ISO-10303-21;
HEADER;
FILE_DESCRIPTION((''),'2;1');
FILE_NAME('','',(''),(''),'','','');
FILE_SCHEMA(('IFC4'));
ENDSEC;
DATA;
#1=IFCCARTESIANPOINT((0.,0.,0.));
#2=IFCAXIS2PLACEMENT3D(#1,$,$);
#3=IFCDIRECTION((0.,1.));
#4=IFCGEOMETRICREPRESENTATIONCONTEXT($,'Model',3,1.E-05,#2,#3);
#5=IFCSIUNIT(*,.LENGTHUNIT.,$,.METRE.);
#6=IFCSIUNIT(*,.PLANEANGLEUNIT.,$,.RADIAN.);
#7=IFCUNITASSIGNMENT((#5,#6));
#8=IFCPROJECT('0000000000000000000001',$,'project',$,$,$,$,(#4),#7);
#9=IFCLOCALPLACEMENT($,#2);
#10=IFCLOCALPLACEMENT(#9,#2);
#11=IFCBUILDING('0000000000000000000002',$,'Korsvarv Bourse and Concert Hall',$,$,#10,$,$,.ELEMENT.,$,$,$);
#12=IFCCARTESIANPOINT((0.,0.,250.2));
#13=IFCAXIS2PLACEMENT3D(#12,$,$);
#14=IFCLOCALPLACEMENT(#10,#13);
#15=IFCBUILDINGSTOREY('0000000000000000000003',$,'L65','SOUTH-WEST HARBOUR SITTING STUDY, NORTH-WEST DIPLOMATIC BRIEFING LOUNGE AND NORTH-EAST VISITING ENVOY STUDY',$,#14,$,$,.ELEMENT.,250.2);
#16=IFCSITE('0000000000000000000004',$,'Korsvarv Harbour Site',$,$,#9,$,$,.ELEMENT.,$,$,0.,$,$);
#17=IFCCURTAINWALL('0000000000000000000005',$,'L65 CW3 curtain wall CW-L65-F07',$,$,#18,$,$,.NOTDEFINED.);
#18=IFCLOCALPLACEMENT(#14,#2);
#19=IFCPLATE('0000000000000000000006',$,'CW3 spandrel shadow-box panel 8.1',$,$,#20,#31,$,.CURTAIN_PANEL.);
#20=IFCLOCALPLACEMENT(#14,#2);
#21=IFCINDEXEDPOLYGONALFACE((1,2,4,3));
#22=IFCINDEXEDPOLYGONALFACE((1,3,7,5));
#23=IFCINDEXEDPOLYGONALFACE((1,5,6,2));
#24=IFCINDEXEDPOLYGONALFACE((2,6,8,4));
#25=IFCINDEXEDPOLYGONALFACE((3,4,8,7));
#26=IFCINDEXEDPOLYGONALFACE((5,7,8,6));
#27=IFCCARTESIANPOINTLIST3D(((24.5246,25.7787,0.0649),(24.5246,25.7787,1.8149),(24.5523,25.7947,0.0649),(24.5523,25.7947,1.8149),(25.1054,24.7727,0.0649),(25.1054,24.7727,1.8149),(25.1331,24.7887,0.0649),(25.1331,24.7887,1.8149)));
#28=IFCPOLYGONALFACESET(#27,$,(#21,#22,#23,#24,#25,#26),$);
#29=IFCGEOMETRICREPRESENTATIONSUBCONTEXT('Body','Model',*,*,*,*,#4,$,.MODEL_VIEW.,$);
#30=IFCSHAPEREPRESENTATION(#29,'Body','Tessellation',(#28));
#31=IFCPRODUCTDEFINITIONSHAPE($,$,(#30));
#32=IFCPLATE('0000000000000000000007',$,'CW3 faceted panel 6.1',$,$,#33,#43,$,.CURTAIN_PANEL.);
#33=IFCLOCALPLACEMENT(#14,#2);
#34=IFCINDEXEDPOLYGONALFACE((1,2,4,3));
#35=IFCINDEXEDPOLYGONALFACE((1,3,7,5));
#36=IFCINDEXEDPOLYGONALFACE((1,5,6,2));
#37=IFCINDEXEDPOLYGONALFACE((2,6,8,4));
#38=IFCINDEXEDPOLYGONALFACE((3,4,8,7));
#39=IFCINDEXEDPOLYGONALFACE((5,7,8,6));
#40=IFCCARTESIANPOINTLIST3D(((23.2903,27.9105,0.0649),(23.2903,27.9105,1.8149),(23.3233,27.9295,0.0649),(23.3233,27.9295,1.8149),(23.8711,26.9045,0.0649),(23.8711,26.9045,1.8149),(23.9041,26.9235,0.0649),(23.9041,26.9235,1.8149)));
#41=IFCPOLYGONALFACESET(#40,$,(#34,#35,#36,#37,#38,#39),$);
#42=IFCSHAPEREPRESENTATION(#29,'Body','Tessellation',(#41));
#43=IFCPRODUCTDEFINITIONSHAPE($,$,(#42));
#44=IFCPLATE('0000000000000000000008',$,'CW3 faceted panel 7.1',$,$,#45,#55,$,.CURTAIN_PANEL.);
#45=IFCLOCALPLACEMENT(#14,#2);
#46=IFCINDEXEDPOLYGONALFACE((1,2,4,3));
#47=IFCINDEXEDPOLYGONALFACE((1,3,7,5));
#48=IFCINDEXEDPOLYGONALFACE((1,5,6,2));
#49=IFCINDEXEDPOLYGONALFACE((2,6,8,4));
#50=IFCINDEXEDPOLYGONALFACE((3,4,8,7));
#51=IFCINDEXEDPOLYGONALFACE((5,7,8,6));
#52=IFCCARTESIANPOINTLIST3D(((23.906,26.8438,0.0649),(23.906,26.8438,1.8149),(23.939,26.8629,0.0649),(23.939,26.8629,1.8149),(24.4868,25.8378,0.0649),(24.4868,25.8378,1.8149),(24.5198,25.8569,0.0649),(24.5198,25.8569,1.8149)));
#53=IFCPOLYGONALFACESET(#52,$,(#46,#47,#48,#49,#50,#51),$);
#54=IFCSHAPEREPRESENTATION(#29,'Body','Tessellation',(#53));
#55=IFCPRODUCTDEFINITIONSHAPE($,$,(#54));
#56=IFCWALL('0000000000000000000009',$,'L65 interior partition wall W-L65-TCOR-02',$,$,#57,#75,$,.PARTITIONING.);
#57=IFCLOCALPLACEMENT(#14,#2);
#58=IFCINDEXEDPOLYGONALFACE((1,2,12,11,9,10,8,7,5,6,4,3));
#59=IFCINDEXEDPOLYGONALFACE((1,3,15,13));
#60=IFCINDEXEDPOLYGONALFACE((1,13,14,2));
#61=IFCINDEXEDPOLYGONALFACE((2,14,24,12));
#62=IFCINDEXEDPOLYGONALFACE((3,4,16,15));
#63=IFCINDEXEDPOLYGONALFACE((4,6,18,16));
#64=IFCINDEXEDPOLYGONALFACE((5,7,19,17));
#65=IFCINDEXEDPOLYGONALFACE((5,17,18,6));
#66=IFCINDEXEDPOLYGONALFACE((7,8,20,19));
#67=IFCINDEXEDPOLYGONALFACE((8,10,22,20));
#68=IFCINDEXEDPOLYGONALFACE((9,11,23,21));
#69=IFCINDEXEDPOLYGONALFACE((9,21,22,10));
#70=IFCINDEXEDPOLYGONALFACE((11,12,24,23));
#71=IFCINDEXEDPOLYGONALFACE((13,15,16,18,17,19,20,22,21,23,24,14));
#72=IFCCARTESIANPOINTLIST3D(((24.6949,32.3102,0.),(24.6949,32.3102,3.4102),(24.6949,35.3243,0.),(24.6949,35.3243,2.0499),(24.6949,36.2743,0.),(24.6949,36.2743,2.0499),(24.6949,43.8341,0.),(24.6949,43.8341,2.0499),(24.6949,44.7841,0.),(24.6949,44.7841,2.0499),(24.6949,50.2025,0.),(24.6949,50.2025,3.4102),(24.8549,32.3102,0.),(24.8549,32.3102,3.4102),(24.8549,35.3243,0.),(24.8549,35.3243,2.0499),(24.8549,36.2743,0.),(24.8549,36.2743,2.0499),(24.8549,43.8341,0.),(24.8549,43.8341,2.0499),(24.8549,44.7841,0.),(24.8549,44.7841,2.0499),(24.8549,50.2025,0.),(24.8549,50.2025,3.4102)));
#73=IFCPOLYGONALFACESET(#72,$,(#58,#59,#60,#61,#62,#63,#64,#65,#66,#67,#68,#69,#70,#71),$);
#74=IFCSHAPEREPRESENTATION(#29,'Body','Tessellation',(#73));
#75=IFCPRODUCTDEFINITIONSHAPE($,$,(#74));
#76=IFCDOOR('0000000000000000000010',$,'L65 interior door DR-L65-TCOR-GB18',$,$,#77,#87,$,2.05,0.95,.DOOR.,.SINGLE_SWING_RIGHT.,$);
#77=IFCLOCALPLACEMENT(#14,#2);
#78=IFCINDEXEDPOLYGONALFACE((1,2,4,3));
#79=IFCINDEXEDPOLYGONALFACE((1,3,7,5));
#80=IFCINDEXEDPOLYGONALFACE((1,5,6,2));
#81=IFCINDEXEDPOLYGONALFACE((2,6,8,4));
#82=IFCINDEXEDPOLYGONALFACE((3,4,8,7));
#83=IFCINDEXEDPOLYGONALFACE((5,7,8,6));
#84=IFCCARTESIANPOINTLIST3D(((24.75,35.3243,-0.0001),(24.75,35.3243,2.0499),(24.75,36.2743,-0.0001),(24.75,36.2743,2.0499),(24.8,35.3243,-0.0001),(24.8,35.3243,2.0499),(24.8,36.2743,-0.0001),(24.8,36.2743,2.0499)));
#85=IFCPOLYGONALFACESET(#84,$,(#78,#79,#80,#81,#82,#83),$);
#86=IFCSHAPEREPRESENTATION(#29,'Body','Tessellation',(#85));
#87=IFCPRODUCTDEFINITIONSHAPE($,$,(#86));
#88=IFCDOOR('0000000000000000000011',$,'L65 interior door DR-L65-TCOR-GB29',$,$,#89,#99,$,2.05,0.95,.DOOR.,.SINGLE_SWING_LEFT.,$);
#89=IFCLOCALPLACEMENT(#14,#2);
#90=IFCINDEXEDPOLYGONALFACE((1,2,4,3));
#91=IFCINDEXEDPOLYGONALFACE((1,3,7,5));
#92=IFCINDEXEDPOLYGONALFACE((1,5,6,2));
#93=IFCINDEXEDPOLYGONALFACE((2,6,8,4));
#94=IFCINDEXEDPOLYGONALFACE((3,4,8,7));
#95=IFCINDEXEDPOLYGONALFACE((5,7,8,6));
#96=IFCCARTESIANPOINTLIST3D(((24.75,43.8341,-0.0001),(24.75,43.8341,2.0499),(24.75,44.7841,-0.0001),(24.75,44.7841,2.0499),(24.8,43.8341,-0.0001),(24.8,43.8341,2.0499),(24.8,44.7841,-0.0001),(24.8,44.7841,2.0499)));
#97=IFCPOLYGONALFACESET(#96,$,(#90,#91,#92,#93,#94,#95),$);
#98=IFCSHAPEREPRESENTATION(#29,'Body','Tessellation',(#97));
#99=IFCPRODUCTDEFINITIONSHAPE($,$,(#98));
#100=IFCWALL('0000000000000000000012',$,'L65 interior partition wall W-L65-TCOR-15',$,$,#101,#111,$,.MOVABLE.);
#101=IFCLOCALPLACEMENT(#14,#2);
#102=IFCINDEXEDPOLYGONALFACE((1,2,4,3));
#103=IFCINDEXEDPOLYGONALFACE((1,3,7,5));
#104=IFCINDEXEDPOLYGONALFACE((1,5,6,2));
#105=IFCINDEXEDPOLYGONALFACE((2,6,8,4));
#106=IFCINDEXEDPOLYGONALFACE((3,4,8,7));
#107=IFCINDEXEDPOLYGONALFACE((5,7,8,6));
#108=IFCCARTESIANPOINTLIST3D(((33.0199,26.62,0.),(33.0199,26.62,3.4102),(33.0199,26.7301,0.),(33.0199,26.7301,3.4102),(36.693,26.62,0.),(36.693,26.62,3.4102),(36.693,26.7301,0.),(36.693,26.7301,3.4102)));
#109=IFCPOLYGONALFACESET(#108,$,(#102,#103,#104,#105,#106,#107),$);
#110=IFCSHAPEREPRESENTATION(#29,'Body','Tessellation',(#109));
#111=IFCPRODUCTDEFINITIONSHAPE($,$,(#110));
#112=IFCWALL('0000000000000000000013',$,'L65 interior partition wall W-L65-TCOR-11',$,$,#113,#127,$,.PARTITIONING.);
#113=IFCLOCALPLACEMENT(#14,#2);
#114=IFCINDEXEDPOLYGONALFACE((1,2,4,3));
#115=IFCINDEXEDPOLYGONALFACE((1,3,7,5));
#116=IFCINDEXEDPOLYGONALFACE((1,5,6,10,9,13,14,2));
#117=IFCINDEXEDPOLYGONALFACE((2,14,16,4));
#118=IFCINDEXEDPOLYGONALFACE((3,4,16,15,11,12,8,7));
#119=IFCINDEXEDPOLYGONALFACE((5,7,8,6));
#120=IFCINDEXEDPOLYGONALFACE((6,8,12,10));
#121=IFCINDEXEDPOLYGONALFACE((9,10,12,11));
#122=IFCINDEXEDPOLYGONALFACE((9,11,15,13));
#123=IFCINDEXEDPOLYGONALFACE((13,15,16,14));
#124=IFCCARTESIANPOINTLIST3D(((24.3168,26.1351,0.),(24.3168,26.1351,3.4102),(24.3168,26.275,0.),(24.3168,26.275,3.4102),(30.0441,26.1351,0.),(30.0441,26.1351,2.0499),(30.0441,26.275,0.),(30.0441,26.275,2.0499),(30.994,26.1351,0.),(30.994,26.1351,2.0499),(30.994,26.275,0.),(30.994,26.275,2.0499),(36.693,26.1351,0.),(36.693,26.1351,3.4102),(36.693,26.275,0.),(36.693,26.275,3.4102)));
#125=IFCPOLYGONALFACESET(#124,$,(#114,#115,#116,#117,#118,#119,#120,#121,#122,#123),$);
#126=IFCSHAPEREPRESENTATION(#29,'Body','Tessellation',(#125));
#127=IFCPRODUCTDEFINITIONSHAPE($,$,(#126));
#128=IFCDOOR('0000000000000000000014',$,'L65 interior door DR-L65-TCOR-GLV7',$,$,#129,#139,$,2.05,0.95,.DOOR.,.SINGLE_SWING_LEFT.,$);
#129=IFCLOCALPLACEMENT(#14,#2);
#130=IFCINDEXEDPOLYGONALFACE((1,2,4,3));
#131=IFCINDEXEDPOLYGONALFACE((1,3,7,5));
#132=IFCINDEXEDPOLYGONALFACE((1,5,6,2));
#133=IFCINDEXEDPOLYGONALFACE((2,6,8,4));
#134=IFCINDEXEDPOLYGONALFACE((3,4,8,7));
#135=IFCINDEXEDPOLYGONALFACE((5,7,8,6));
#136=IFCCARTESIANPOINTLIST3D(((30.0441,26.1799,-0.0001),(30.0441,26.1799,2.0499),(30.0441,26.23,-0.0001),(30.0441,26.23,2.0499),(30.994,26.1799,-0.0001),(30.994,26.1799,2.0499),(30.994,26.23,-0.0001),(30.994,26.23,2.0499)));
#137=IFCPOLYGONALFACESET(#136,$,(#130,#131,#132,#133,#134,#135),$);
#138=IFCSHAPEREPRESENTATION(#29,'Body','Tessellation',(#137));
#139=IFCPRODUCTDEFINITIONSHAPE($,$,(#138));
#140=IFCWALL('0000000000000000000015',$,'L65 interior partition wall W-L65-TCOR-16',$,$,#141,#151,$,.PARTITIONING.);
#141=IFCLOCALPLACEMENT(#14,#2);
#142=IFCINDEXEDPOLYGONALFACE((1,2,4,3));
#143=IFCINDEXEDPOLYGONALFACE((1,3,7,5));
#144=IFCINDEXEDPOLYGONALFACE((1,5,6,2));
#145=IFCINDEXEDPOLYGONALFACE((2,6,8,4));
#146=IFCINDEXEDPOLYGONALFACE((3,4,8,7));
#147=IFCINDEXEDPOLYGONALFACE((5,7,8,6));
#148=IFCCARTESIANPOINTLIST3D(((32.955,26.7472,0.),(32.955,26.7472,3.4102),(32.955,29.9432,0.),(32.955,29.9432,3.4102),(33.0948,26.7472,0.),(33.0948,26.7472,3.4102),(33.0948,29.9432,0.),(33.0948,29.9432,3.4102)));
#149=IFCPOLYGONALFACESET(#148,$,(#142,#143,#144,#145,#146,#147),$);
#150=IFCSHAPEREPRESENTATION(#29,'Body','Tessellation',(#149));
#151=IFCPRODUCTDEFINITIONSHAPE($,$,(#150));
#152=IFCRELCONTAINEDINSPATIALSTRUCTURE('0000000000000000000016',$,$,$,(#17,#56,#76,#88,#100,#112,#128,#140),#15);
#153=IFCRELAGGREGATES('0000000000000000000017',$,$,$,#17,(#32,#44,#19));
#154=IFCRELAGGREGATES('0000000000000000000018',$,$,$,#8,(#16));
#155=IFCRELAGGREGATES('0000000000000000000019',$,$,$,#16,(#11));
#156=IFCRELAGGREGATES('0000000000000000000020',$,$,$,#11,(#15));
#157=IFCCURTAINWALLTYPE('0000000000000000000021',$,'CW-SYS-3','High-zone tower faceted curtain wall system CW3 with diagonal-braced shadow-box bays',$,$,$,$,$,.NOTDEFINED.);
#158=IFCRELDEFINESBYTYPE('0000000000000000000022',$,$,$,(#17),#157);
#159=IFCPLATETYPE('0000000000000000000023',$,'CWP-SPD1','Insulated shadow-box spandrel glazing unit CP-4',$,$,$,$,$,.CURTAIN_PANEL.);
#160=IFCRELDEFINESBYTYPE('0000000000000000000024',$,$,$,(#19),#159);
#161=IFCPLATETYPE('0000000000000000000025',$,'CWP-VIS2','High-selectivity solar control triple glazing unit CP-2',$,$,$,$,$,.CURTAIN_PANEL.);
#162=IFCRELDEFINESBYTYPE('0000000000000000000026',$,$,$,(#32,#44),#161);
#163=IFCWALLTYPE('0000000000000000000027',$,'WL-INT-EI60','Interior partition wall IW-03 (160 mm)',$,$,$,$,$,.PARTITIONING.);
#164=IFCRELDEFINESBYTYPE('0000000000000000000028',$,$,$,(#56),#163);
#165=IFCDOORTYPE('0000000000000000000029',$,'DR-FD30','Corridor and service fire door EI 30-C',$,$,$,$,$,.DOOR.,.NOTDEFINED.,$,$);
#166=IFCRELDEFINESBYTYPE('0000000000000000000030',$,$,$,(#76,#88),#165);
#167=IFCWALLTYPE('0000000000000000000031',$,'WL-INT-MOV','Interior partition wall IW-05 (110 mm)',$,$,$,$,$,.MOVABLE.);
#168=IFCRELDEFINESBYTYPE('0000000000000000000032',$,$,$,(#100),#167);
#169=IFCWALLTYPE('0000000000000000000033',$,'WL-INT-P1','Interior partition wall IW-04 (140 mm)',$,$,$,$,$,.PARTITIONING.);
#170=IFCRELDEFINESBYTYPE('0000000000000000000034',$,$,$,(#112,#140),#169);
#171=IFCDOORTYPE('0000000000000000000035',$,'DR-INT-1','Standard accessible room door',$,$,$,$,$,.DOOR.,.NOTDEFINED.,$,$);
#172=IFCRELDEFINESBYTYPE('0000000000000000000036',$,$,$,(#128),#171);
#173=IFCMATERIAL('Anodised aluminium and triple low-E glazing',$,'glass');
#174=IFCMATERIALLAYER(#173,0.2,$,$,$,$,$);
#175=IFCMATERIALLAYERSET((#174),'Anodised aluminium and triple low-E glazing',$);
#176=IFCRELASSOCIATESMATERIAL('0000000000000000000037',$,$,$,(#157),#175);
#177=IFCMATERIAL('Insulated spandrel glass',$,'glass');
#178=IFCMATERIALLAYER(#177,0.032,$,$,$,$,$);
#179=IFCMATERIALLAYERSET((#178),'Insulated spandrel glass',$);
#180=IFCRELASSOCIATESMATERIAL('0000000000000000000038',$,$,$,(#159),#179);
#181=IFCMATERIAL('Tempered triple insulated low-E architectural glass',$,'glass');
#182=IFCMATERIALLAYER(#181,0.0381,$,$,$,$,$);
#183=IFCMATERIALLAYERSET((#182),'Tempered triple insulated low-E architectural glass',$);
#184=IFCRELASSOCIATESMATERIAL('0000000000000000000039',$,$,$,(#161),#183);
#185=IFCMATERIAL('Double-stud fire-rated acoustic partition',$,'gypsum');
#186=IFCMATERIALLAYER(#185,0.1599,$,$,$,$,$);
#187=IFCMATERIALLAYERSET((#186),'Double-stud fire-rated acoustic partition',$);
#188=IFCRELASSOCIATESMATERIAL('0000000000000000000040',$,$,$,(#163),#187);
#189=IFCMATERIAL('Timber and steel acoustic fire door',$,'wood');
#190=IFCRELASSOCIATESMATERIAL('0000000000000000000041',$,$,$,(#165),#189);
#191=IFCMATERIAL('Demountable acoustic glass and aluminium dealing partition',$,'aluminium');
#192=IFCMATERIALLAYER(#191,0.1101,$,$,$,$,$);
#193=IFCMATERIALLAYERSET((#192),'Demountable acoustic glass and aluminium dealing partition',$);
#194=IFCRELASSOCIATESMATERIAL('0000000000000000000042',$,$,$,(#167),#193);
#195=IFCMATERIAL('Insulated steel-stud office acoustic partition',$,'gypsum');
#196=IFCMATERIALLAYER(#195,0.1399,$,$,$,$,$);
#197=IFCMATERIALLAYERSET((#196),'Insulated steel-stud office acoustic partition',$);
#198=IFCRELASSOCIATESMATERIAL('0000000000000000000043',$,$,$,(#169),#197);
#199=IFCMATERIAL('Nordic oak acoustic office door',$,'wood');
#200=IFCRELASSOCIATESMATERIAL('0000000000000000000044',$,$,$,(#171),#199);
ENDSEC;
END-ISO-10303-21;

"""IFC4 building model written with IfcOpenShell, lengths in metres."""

from ifc_helpers import new_model, si_unit, direction, frame, frame_2d, origin, origin_2d, place, context, subcontext, project, spatial, rectangle, extrude, source, transform, mapped, material, layer, layer_set, type_object, element, fill, aggregate, save


model = new_model("IFC4")

# Units and contexts
model_context = context("Model", 3, precision=1e-05, world=origin(), true_north=direction((0.0, 1.0)))
body_context = subcontext(model_context, "Body", "Model", "MODEL_VIEW")
ifc_project = project(units=[si_unit("LENGTHUNIT", "METRE"), si_unit("PLANEANGLEUNIT", "RADIAN")], contexts=[model_context])

# Site, building, storey
site_placement = place(None, origin())
site = spatial("IfcSite", under=ifc_project, at=site_placement, Name="Korsvarv Harbour Site", CompositionType="ELEMENT", RefElevation=0.0)
building_placement = place(site_placement, origin())
building = spatial("IfcBuilding", under=site, at=building_placement, Name="Korsvarv Bourse and Concert Hall", CompositionType="ELEMENT")
storey_placement = place(building_placement, frame((0.0, 0.0, 250.2)))
storey = spatial("IfcBuildingStorey", under=building, at=storey_placement, Name="L65", Description="SOUTH-WEST HARBOUR SITTING STUDY, NORTH-WEST DIPLOMATIC BRIEFING LOUNGE AND NORTH-EAST VISITING ENVOY STUDY", CompositionType="ELEMENT", Elevation=250.2)

# Curtain wall, plates
ifc_material_1 = material(Name="Anodised aluminium and triple low-E glazing", Category="glass")
ifc_layer_1 = layer(ifc_material_1, 0.2)
ifc_layer_set_1 = layer_set([ifc_layer_1], Name="Anodised aluminium and triple low-E glazing")
curtain_wall_type = type_object("IfcCurtainWallType", Name="CW-SYS-3", Description="High-zone tower faceted curtain wall system CW3 with diagonal-braced shadow-box bays", PredefinedType="NOTDEFINED", material=ifc_layer_set_1)
curtain_wall_placement = place(storey_placement, origin())
curtain_wall = element("IfcCurtainWall", 1, at=curtain_wall_placement, inside=storey, type_object=curtain_wall_type, Name="L65 CW3 curtain wall CW-L65-F07", PredefinedType="NOTDEFINED")
ifc_material_2 = material(Name="Insulated spandrel glass", Category="glass")
ifc_layer_2 = layer(ifc_material_2, 0.032)
ifc_layer_set_2 = layer_set([ifc_layer_2], Name="Insulated spandrel glass")
plate_type_1 = type_object("IfcPlateType", Name="CWP-SPD1", Description="Insulated shadow-box spandrel glazing unit CP-4", PredefinedType="CURTAIN_PANEL", material=ifc_layer_set_2)
shared_shape_1 = source(origin(), body_context, "Body", "SweptSolid", [
    extrude(rectangle(XDim=1.1616, YDim=0.032, at=origin_2d()), origin(), (0.0, 0.0, 1.0), 1.75),
])
plate_1_placement = place(storey_placement, frame((24.8289, 25.2837, 0.0649), z_axis=(0.0, 0.0, 1.0), x_axis=(0.500006, -0.866022, 0.0)))
plate_1 = element("IfcPlate", 2, at=plate_1_placement, type_object=plate_type_1, Name="CW3 spandrel shadow-box panel 8.1", PredefinedType="CURTAIN_PANEL", context=body_context, shape_type="MappedRepresentation", body=[
    mapped(shared_shape_1, transform((0.0, 0.0, 0.0), scale=1.0)),
])
ifc_material_3 = material(Name="Tempered triple insulated low-E architectural glass", Category="glass")
ifc_layer_3 = layer(ifc_material_3, 0.0381)
ifc_layer_set_3 = layer_set([ifc_layer_3], Name="Tempered triple insulated low-E architectural glass")
plate_type_2 = type_object("IfcPlateType", Name="CWP-VIS2", Description="High-selectivity solar control triple glazing unit CP-2", PredefinedType="CURTAIN_PANEL", material=ifc_layer_set_3)
shared_shape_2 = source(origin(), body_context, "Body", "SweptSolid", [
    extrude(rectangle(XDim=1.1616, YDim=0.0381, at=origin_2d()), origin(), (0.0, 0.0, 1.0), 1.75),
])
plate_2_placement = place(storey_placement, frame((23.5972, 27.417, 0.0649), z_axis=(0.0, 0.0, 1.0), x_axis=(0.500006, -0.866022, 0.0)))
plate_2 = element("IfcPlate", 3, at=plate_2_placement, type_object=plate_type_2, Name="CW3 faceted panel 6.1", PredefinedType="CURTAIN_PANEL", context=body_context, shape_type="MappedRepresentation", body=[
    mapped(shared_shape_2, transform((0.0, 0.0, 0.0), scale=1.0)),
])
plate_3_placement = place(storey_placement, frame((24.2129, 26.3503, 0.0649), z_axis=(0.0, 0.0, 1.0), x_axis=(0.500006, -0.866022, 0.0)))
plate_3 = element("IfcPlate", 4, at=plate_3_placement, type_object=plate_type_2, Name="CW3 faceted panel 7.1", PredefinedType="CURTAIN_PANEL", context=body_context, shape_type="MappedRepresentation", body=[
    mapped(shared_shape_2, transform((0.0, 0.0, 0.0), scale=1.0)),
])
aggregate(curtain_wall, [plate_2, plate_3, plate_1])

# Wall, openings, doors
ifc_material_4 = material(Name="Double-stud fire-rated acoustic partition", Category="gypsum")
ifc_layer_4 = layer(ifc_material_4, 0.1599)
ifc_layer_set_4 = layer_set([ifc_layer_4], Name="Double-stud fire-rated acoustic partition")
wall_type_1 = type_object("IfcWallType", Name="WL-INT-EI60", Description="Interior partition wall IW-03 (160 mm)", PredefinedType="PARTITIONING", material=ifc_layer_set_4)
wall_1_placement = place(storey_placement, frame((24.7749, 32.3101, 0.0), z_axis=(0.0, 0.0, 1.0), x_axis=(0.0, 1.0, 0.0)))
wall_1 = element("IfcWall", 5, at=wall_1_placement, inside=storey, type_object=wall_type_1, Name="L65 interior partition wall W-L65-TCOR-02", PredefinedType="PARTITIONING", context=body_context, shape_type="SweptSolid", body=[
    extrude(rectangle(XDim=17.8923, YDim=0.1599, at=frame_2d((8.9463, 0.0))), origin(), (0.0, 0.0, 1.0), 3.4102),
])
opening_1_placement = place(wall_1_placement, frame((3.0142, 0.0, 0.0)))
opening_1 = element("IfcOpeningElement", 6, at=opening_1_placement, cuts=wall_1, PredefinedType="OPENING", context=body_context, shape_type="SweptSolid", body=[
    extrude(rectangle(XDim=0.95, YDim=2.05, at=frame_2d((0.4751, 1.0249))), frame((0.0, 0.0898, 0.0), z_axis=(0.0, -1.0, 0.0), x_axis=(1.0, 0.0, 0.0)), (0.0, 0.0, 1.0), 0.1799),
])
opening_2_placement = place(wall_1_placement, frame((11.5239, 0.0, 0.0)))
opening_2 = element("IfcOpeningElement", 7, at=opening_2_placement, cuts=wall_1, PredefinedType="OPENING", context=body_context, shape_type="SweptSolid", body=[
    extrude(rectangle(XDim=0.95, YDim=2.05, at=frame_2d((0.4751, 1.0249))), frame((0.0, 0.0898, 0.0), z_axis=(0.0, -1.0, 0.0), x_axis=(1.0, 0.0, 0.0)), (0.0, 0.0, 1.0), 0.1799),
])
ifc_material_5 = material(Name="Timber and steel acoustic fire door", Category="wood")
door_type_1 = type_object("IfcDoorType", Name="DR-FD30", Description="Corridor and service fire door EI 30-C", OperationType="NOTDEFINED", PredefinedType="DOOR", material=ifc_material_5)
door_1_placement = place(opening_1_placement, origin())
door_1 = element("IfcDoor", 8, at=door_1_placement, inside=storey, type_object=door_type_1, Name="L65 interior door DR-L65-TCOR-GB18", OperationType="SINGLE_SWING_RIGHT", OverallHeight=2.05, OverallWidth=0.95, PredefinedType="DOOR", context=body_context, shape_type="SweptSolid", body=[
    extrude(rectangle(XDim=0.95, YDim=2.05, at=frame_2d((0.4751, 1.0249))), frame((0.0, 0.0249, 0.0), z_axis=(0.0, -1.0, 0.0), x_axis=(1.0, 0.0, 0.0)), (0.0, 0.0, 1.0), 0.05),
])
fill(opening_1, door_1)
door_2_placement = place(opening_2_placement, origin())
door_2 = element("IfcDoor", 9, at=door_2_placement, inside=storey, type_object=door_type_1, Name="L65 interior door DR-L65-TCOR-GB29", OperationType="SINGLE_SWING_LEFT", OverallHeight=2.05, OverallWidth=0.95, PredefinedType="DOOR", context=body_context, shape_type="SweptSolid", body=[
    extrude(rectangle(XDim=0.95, YDim=2.05, at=frame_2d((0.4751, 1.0249))), frame((0.0, 0.0249, 0.0), z_axis=(0.0, -1.0, 0.0), x_axis=(1.0, 0.0, 0.0)), (0.0, 0.0, 1.0), 0.05),
])
fill(opening_2, door_2)

# Wall
ifc_material_6 = material(Name="Demountable acoustic glass and aluminium dealing partition", Category="aluminium")
ifc_layer_5 = layer(ifc_material_6, 0.1101)
ifc_layer_set_5 = layer_set([ifc_layer_5], Name="Demountable acoustic glass and aluminium dealing partition")
wall_type_2 = type_object("IfcWallType", Name="WL-INT-MOV", Description="Interior partition wall IW-05 (110 mm)", PredefinedType="MOVABLE", material=ifc_layer_set_5)
wall_2_placement = place(storey_placement, frame((33.02, 26.675, 0.0), z_axis=(0.0, 0.0, 1.0), x_axis=(1.0, 0.0, 0.0)))
element("IfcWall", 10, at=wall_2_placement, inside=storey, type_object=wall_type_2, Name="L65 interior partition wall W-L65-TCOR-15", PredefinedType="MOVABLE", context=body_context, shape_type="SweptSolid", body=[
    extrude(rectangle(XDim=3.6731, YDim=0.1101, at=frame_2d((1.8364, 0.0))), origin(), (0.0, 0.0, 1.0), 3.4102),
])

# Wall, opening, door
ifc_material_7 = material(Name="Insulated steel-stud office acoustic partition", Category="gypsum")
ifc_layer_6 = layer(ifc_material_7, 0.1399)
ifc_layer_set_6 = layer_set([ifc_layer_6], Name="Insulated steel-stud office acoustic partition")
wall_type_3 = type_object("IfcWallType", Name="WL-INT-P1", Description="Interior partition wall IW-04 (140 mm)", PredefinedType="PARTITIONING", material=ifc_layer_set_6)
wall_3_placement = place(storey_placement, frame((24.3169, 26.2051, 0.0), z_axis=(0.0, 0.0, 1.0), x_axis=(1.0, 0.0, 0.0)))
wall_3 = element("IfcWall", 11, at=wall_3_placement, inside=storey, type_object=wall_type_3, Name="L65 interior partition wall W-L65-TCOR-11", PredefinedType="PARTITIONING", context=body_context, shape_type="SweptSolid", body=[
    extrude(rectangle(XDim=12.3762, YDim=0.1399, at=frame_2d((6.188, 0.0))), origin(), (0.0, 0.0, 1.0), 3.4102),
])
opening_3_placement = place(wall_3_placement, frame((5.7271, 0.0, 0.0)))
opening_3 = element("IfcOpeningElement", 12, at=opening_3_placement, cuts=wall_3, PredefinedType="OPENING", context=body_context, shape_type="SweptSolid", body=[
    extrude(rectangle(XDim=0.95, YDim=2.05, at=frame_2d((0.4751, 1.0249))), frame((0.0, 0.0801, 0.0), z_axis=(0.0, -1.0, 0.0), x_axis=(1.0, 0.0, 0.0)), (0.0, 0.0, 1.0), 0.1599),
])
ifc_material_8 = material(Name="Nordic oak acoustic office door", Category="wood")
door_type_2 = type_object("IfcDoorType", Name="DR-INT-1", Description="Standard accessible room door", OperationType="NOTDEFINED", PredefinedType="DOOR", material=ifc_material_8)
door_3_placement = place(opening_3_placement, origin())
door_3 = element("IfcDoor", 13, at=door_3_placement, inside=storey, type_object=door_type_2, Name="L65 interior door DR-L65-TCOR-GLV7", OperationType="SINGLE_SWING_LEFT", OverallHeight=2.05, OverallWidth=0.95, PredefinedType="DOOR", context=body_context, shape_type="SweptSolid", body=[
    extrude(rectangle(XDim=0.95, YDim=2.05, at=frame_2d((0.4751, 1.0249))), frame((0.0, 0.0249, 0.0), z_axis=(0.0, -1.0, 0.0), x_axis=(1.0, 0.0, 0.0)), (0.0, 0.0, 1.0), 0.05),
])
fill(opening_3, door_3)

# Wall
wall_4_placement = place(storey_placement, frame((33.0249, 26.7471, 0.0), z_axis=(0.0, 0.0, 1.0), x_axis=(0.0, 1.0, 0.0)))
element("IfcWall", 14, at=wall_4_placement, inside=storey, type_object=wall_type_3, Name="L65 interior partition wall W-L65-TCOR-16", PredefinedType="PARTITIONING", context=body_context, shape_type="SweptSolid", body=[
    extrude(rectangle(XDim=3.196, YDim=0.1399, at=frame_2d((1.5981, 0.0))), origin(), (0.0, 0.0, 1.0), 3.4102),
])

save(model, "model.ifc")
